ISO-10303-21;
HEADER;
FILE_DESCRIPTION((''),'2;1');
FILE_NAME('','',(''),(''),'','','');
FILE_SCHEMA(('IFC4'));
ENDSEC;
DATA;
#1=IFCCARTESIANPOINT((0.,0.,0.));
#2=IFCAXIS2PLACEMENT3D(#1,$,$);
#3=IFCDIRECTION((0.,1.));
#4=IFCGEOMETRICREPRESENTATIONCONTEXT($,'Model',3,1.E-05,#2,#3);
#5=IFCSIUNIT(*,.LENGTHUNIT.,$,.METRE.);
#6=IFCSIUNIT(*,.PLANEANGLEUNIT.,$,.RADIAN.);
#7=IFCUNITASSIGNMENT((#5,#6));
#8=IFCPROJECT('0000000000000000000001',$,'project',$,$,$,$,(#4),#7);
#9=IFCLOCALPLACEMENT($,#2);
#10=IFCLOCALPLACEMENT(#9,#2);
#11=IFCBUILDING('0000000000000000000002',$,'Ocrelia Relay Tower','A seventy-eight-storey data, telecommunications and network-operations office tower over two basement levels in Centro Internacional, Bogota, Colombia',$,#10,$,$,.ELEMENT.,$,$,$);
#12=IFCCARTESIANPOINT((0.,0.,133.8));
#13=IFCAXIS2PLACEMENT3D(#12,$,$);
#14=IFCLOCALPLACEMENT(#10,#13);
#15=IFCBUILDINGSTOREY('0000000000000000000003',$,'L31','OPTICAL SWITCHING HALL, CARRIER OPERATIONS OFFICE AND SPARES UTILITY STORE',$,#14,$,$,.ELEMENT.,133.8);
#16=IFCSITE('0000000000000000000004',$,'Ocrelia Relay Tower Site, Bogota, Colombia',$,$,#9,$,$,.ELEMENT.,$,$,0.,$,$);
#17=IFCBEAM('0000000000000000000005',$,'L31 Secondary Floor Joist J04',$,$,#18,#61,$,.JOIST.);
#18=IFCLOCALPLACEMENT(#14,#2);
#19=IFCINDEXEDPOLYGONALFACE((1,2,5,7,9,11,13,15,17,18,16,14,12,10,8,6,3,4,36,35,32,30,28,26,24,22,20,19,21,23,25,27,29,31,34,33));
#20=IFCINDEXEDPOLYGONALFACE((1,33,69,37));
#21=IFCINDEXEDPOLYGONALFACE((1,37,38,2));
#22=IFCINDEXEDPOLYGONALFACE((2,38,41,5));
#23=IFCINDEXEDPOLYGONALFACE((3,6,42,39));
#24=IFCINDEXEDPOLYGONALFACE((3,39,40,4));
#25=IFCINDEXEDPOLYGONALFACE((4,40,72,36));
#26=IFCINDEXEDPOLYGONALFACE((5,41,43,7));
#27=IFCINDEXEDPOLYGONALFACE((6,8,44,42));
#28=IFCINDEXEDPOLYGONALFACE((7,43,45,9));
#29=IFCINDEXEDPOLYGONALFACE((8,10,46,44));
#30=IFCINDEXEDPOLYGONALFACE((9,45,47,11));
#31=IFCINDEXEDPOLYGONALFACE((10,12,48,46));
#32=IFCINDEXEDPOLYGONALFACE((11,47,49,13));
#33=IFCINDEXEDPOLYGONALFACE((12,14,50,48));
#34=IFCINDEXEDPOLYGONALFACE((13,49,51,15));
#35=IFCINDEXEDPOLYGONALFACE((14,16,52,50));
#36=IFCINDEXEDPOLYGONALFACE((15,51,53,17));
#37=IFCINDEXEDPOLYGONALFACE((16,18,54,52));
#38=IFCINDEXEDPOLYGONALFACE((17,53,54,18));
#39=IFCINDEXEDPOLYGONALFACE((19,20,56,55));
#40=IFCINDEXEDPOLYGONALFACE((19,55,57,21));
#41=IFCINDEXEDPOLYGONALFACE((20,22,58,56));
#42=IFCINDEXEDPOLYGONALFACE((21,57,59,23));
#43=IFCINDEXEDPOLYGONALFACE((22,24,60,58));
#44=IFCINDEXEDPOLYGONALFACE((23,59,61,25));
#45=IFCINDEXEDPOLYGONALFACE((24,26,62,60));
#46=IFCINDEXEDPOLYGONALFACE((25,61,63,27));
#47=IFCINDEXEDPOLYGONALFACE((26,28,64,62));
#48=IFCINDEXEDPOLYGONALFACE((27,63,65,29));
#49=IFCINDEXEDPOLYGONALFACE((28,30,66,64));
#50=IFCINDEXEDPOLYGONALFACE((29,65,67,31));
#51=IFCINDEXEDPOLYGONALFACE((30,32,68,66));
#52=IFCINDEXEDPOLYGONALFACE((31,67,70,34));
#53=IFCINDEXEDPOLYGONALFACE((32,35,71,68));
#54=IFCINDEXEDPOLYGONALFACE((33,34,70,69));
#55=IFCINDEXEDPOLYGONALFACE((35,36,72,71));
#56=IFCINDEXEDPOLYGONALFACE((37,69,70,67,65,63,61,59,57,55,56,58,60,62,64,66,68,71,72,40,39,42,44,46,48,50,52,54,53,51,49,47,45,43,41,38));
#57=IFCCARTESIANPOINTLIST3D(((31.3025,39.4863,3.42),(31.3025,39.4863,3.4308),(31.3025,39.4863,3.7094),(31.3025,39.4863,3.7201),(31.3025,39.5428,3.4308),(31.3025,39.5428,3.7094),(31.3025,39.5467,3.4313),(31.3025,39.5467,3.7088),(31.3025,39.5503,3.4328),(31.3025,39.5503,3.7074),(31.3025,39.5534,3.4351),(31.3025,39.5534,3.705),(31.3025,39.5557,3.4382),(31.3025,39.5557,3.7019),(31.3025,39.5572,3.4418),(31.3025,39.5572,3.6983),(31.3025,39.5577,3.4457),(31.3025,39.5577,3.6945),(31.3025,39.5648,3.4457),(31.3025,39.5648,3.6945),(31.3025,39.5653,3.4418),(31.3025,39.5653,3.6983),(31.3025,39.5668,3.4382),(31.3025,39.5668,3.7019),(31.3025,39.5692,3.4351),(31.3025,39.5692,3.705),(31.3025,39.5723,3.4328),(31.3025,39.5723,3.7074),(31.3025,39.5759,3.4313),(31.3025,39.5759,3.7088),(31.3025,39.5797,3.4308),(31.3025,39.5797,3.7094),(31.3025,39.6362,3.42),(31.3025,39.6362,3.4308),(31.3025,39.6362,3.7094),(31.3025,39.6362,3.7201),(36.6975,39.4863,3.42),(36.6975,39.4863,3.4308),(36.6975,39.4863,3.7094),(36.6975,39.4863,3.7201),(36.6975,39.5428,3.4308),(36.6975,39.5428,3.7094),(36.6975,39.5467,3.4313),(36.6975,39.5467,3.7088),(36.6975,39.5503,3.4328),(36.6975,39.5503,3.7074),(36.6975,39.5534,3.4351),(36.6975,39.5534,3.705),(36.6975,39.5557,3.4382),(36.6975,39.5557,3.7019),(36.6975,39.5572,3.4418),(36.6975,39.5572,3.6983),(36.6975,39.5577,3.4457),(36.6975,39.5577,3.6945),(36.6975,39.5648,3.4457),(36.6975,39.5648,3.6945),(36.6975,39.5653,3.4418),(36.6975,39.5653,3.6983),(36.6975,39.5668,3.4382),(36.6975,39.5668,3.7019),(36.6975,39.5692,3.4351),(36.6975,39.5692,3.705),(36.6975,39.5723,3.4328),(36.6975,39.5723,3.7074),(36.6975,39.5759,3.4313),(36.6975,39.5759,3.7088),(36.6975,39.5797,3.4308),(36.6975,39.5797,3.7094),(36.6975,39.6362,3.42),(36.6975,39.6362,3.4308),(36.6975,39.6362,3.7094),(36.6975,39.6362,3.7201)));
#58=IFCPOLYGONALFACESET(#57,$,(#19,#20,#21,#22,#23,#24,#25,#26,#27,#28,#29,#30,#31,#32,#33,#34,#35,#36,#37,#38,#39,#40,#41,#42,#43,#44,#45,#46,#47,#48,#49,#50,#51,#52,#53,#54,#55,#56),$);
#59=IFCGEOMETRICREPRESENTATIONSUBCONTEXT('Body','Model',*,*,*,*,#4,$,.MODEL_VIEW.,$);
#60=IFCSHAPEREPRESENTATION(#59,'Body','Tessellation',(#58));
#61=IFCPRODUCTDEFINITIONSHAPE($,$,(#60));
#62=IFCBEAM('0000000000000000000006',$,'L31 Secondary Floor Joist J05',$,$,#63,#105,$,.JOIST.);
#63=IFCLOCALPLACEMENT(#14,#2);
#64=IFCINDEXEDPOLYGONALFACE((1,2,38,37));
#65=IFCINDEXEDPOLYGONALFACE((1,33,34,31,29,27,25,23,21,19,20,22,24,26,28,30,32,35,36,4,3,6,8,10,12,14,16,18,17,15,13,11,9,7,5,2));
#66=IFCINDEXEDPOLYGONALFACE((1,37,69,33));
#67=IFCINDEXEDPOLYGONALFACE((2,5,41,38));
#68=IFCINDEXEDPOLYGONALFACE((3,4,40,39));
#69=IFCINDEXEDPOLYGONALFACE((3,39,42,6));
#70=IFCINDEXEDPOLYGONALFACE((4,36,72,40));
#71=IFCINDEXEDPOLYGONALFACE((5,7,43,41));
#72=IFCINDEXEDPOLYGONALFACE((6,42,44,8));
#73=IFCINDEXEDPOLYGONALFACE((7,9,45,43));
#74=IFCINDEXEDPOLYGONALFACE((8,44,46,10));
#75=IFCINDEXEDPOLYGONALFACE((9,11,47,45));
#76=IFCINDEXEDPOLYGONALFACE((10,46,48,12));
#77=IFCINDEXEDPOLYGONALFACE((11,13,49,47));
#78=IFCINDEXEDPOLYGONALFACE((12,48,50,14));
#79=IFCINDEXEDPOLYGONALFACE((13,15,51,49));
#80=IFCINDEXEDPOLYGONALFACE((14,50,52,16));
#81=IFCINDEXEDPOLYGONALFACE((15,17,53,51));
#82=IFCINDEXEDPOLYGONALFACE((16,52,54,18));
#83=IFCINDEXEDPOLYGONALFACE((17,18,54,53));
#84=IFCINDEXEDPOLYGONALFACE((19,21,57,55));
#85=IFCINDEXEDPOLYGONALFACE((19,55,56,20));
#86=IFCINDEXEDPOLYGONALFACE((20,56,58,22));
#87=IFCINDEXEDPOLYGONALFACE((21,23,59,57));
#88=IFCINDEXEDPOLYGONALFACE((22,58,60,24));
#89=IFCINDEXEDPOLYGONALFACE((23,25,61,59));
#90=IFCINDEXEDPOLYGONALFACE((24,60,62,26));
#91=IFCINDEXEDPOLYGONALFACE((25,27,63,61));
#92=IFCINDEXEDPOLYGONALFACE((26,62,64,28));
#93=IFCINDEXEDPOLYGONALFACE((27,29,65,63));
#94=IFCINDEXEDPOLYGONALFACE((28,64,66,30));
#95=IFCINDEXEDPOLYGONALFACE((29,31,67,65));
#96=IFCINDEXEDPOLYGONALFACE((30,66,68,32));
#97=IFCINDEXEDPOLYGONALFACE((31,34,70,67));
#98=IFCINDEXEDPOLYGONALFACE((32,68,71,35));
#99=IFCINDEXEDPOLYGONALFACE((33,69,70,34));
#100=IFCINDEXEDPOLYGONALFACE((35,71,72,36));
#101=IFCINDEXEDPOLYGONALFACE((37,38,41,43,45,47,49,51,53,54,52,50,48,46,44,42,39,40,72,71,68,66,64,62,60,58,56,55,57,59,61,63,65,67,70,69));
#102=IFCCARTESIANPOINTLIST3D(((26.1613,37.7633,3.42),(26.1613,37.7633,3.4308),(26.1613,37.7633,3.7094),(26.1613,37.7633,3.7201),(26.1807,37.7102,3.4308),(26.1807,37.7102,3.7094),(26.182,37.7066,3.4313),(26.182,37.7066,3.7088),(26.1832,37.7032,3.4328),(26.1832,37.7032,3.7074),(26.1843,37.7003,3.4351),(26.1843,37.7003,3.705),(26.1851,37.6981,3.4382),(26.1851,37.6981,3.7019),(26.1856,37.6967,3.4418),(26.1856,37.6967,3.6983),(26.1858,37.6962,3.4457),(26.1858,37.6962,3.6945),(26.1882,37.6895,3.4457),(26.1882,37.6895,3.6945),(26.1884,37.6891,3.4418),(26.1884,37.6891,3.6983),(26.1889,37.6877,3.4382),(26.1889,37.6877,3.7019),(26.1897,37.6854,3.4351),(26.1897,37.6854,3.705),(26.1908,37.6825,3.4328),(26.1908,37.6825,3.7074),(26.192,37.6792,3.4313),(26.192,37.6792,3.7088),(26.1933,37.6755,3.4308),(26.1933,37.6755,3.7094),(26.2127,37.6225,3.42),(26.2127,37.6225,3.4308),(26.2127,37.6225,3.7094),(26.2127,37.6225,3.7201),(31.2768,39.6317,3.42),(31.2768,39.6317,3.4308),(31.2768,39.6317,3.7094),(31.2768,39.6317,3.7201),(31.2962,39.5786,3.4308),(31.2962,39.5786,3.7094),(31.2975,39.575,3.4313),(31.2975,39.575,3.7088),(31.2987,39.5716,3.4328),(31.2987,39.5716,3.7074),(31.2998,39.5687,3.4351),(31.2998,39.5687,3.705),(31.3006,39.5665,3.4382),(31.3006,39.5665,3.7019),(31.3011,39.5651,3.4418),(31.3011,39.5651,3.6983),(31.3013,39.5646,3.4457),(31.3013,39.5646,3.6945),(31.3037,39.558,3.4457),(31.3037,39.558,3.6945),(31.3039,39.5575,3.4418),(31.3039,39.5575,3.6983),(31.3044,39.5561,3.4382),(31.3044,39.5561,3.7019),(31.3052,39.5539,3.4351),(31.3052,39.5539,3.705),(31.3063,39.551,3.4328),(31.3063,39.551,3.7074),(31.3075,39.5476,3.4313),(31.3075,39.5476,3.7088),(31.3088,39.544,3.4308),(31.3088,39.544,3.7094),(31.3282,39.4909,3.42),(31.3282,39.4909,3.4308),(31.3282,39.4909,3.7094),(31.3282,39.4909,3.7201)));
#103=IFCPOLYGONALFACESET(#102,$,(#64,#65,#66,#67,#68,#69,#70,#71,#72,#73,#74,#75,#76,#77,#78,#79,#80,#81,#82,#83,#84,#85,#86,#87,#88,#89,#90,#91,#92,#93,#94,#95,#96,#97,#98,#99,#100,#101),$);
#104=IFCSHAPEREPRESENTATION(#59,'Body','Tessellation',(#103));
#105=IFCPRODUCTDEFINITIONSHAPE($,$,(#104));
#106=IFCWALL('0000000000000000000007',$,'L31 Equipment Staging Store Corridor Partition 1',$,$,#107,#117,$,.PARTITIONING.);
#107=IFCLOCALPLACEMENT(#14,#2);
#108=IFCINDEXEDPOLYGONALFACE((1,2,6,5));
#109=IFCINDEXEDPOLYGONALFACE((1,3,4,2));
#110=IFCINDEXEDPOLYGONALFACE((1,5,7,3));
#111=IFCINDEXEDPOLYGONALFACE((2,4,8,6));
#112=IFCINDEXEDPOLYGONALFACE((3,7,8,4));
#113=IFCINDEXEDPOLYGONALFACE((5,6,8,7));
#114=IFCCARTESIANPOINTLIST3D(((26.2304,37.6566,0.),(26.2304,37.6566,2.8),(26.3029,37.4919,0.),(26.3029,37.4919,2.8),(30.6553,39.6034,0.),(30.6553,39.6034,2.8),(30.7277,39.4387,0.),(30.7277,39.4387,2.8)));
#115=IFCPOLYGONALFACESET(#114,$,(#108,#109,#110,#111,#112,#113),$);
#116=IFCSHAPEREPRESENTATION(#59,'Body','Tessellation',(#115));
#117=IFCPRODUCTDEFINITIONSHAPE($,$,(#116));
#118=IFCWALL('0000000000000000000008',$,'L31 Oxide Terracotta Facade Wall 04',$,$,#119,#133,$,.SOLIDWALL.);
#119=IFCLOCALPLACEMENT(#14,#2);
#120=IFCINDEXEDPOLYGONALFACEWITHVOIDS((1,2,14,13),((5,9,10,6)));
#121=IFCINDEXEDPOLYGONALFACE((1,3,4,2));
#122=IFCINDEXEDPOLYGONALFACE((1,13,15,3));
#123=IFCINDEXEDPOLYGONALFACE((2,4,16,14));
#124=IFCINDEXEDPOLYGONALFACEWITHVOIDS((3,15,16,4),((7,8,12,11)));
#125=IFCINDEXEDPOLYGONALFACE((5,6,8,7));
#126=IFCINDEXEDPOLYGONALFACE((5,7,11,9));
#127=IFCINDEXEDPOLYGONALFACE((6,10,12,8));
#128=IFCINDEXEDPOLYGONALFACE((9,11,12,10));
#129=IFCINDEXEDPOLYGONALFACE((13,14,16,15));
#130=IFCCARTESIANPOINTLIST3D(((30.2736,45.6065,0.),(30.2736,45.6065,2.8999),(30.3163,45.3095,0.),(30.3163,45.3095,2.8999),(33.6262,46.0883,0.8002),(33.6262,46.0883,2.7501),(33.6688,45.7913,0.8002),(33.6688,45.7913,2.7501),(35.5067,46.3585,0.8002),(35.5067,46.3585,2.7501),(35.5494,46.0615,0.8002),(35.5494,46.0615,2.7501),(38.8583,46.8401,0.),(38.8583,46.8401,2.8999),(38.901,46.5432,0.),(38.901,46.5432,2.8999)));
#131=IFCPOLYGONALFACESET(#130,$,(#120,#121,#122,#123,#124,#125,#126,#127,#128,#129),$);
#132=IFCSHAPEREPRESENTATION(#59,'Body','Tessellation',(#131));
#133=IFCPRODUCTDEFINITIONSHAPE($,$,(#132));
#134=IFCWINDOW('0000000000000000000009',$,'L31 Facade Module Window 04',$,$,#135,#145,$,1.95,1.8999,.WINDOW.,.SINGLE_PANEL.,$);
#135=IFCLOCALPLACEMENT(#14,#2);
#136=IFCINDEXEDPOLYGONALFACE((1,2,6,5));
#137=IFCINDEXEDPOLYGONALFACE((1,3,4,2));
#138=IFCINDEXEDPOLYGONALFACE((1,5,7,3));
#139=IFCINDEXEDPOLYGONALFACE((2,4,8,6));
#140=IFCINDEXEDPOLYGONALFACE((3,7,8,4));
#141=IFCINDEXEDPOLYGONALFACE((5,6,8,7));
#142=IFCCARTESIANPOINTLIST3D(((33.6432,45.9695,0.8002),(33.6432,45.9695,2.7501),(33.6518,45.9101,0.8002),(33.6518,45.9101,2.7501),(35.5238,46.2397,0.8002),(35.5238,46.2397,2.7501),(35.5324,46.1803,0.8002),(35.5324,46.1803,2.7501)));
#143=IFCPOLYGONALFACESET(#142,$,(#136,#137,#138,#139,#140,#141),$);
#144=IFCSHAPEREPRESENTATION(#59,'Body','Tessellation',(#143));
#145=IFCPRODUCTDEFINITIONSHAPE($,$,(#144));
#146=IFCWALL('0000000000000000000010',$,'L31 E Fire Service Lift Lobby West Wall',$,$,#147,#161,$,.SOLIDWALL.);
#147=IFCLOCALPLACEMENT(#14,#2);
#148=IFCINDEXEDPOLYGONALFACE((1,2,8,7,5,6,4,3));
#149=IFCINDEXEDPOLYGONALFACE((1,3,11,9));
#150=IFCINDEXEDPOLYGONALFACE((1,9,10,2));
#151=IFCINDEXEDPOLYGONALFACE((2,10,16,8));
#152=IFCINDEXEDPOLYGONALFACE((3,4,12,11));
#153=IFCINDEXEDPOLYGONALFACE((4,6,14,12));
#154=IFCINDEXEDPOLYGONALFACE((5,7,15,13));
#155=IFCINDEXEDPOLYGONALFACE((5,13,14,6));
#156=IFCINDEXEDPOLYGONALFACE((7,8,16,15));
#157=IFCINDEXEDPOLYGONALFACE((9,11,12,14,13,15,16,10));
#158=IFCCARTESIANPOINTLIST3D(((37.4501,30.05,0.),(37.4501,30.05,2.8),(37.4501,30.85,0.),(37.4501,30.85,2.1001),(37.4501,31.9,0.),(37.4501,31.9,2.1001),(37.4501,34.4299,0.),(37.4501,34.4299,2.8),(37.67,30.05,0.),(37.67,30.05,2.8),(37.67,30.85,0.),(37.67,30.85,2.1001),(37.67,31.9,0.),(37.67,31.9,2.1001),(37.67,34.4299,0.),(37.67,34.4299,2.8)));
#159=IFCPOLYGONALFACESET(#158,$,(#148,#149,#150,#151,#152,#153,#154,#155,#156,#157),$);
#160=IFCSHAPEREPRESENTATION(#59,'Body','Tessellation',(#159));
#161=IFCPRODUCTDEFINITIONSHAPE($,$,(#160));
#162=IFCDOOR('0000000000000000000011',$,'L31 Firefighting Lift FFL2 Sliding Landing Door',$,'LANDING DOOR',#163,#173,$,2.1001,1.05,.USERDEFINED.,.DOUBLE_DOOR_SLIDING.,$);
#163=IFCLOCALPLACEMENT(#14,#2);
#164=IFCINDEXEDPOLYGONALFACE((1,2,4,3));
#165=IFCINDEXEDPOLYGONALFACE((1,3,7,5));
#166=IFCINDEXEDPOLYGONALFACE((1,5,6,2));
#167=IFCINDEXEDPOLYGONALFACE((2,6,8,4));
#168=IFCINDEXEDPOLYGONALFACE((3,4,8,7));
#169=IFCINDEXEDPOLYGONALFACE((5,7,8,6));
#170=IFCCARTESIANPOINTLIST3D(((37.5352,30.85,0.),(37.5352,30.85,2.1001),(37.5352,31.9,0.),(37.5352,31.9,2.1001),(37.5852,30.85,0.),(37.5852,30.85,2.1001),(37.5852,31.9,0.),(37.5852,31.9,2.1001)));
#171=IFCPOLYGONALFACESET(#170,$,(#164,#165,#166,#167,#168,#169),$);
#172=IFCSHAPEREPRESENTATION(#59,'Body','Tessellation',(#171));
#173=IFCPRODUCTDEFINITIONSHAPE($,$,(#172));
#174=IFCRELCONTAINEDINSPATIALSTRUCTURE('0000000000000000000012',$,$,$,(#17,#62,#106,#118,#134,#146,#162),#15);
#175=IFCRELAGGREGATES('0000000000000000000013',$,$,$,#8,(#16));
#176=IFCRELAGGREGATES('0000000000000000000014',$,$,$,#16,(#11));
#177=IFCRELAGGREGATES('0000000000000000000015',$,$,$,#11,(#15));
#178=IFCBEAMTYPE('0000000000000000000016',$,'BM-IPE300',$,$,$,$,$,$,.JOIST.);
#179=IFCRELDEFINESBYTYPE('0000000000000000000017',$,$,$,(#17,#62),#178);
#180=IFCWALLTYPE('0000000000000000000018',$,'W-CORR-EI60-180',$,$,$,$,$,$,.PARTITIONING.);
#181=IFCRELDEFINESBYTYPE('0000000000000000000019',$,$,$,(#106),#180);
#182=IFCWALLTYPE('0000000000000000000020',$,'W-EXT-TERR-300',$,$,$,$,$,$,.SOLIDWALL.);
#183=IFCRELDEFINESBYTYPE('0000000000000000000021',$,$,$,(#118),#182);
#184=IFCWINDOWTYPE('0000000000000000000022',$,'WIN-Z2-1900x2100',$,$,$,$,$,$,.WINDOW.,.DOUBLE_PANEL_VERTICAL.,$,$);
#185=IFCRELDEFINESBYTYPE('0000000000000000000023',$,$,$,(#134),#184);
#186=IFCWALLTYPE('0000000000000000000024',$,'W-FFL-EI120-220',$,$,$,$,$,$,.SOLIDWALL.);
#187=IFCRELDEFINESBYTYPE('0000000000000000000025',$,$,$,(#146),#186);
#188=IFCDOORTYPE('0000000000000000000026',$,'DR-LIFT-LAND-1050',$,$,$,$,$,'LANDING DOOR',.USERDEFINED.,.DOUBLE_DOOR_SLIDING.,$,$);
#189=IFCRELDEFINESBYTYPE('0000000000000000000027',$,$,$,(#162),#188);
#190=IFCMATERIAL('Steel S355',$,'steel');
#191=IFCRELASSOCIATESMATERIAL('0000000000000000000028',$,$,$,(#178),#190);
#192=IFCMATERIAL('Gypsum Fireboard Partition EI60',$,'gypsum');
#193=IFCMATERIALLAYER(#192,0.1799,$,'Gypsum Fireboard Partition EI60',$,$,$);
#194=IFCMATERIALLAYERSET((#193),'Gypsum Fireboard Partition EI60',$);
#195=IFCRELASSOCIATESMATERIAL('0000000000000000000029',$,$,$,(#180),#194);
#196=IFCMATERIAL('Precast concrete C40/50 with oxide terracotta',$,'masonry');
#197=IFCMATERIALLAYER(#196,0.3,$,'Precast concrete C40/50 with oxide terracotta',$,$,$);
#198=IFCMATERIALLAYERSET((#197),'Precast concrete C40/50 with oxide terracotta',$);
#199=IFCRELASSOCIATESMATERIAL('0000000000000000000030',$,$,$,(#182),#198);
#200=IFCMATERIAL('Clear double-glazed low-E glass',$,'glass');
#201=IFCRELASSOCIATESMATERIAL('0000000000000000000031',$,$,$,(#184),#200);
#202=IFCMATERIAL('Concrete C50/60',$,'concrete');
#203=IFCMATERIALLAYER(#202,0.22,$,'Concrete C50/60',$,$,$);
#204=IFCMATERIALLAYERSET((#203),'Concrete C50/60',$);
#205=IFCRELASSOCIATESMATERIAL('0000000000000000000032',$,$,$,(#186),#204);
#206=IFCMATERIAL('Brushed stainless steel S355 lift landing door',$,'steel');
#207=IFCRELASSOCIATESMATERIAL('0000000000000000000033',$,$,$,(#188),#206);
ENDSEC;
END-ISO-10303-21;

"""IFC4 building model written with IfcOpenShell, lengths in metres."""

from ifc_helpers import new_model, si_unit, direction, frame, frame_2d, origin, origin_2d, place, context, subcontext, project, spatial, rectangle, i_section, extrude, material, layer, layer_set, material_profile, profile_set, type_object, element, fill, save


model = new_model("IFC4")

# Units and contexts
model_context = context("Model", 3, precision=1e-05, world=origin(), true_north=direction((0.0, 1.0)))
body_context = subcontext(model_context, "Body", "Model", "MODEL_VIEW")
ifc_project = project(units=[si_unit("LENGTHUNIT", "METRE"), si_unit("PLANEANGLEUNIT", "RADIAN")], contexts=[model_context])

# Site, building, storey
site_placement = place(None, origin())
site = spatial("IfcSite", under=ifc_project, at=site_placement, Name="Ocrelia Relay Tower Site, Bogota, Colombia", CompositionType="ELEMENT", RefElevation=0.0)
building_placement = place(site_placement, origin())
building = spatial("IfcBuilding", under=site, at=building_placement, Name="Ocrelia Relay Tower", Description="A seventy-eight-storey data, telecommunications and network-operations office tower over two basement levels in Centro Internacional, Bogota, Colombia", CompositionType="ELEMENT")
storey_placement = place(building_placement, frame((0.0, 0.0, 133.8)))
storey = spatial("IfcBuildingStorey", under=building, at=storey_placement, Name="L31", Description="OPTICAL SWITCHING HALL, CARRIER OPERATIONS OFFICE AND SPARES UTILITY STORE", CompositionType="ELEMENT", Elevation=133.8)

# Beams
ifc_material_1 = material(Name="Steel S355", Category="steel")
ifc_material_profile_1 = material_profile(ifc_material_1, i_section(OverallWidth=0.1499, OverallDepth=0.3, WebThickness=0.0071, FlangeThickness=0.0107, FilletRadius=0.0149, at=origin_2d()), Name="IPE 300")
ifc_profile_set_1 = profile_set([ifc_material_profile_1], Name="Steel S355")
beam_type_1 = type_object("IfcBeamType", Name="BM-IPE300", PredefinedType="JOIST", material=ifc_profile_set_1)
beam_1_placement = place(storey_placement, frame((36.6975, 39.5613, 3.5701), z_axis=(-1.0, 0.0, 0.0), x_axis=(0.0, -1.0, 0.0)))
element("IfcBeam", 1, at=beam_1_placement, inside=storey, type_object=beam_type_1, Name="L31 Secondary Floor Joist J04", PredefinedType="JOIST", context=body_context, shape_type="SweptSolid", body=[
    extrude(i_section(OverallWidth=0.1499, OverallDepth=0.3, WebThickness=0.0071, FlangeThickness=0.0107, FilletRadius=0.0149, at=origin_2d()), origin(), (0.0, 0.0, 1.0), 5.395),
])
beam_2_placement = place(storey_placement, frame((31.3025, 39.5613, 3.5701), z_axis=(-0.939307, -0.343078, 0.0), x_axis=(0.343078, -0.939307, 0.0)))
element("IfcBeam", 2, at=beam_2_placement, inside=storey, type_object=beam_type_1, Name="L31 Secondary Floor Joist J05", PredefinedType="JOIST", context=body_context, shape_type="SweptSolid", body=[
    extrude(i_section(OverallWidth=0.1499, OverallDepth=0.3, WebThickness=0.0071, FlangeThickness=0.0107, FilletRadius=0.0149, at=origin_2d()), origin(), (0.0, 0.0, 1.0), 5.446),
])

# Shared definitions
ifc_material_2 = material(Name="Gypsum Fireboard Partition EI60", Category="gypsum")
ifc_layer_1 = layer(ifc_material_2, 0.1799, Name="Gypsum Fireboard Partition EI60")
ifc_layer_set_1 = layer_set([ifc_layer_1], Name="Gypsum Fireboard Partition EI60")
wall_type_1 = type_object("IfcWallType", Name="W-CORR-EI60-180", PredefinedType="PARTITIONING", material=ifc_layer_set_1)

# Wall
wall_1_placement = place(storey_placement, frame((30.6914, 39.521, 0.0), z_axis=(0.0, 0.0, 1.0), x_axis=(-0.915325, -0.402715, 0.0)))
element("IfcWall", 3, at=wall_1_placement, inside=storey, type_object=wall_type_1, Name="L31 Equipment Staging Store Corridor Partition 1", PredefinedType="PARTITIONING", context=body_context, shape_type="SweptSolid", body=[
    extrude(rectangle(XDim=4.8342, YDim=0.1799, at=frame_2d((2.417, 0.0))), origin(), (0.0, 0.0, 1.0), 2.8),
])

# Wall, opening, window
ifc_material_3 = material(Name="Precast concrete C40/50 with oxide terracotta", Category="masonry")
ifc_layer_2 = layer(ifc_material_3, 0.3, Name="Precast concrete C40/50 with oxide terracotta")
ifc_layer_set_2 = layer_set([ifc_layer_2], Name="Precast concrete C40/50 with oxide terracotta")
wall_type_2 = type_object("IfcWallType", Name="W-EXT-TERR-300", PredefinedType="SOLIDWALL", material=ifc_layer_set_2)
wall_2_placement = place(storey_placement, frame((38.8796, 46.6917, 0.0), z_axis=(0.0, 0.0, 1.0), x_axis=(-0.989832, -0.142241, 0.0)))
wall_2 = element("IfcWall", 4, at=wall_2_placement, inside=storey, type_object=wall_type_2, Name="L31 Oxide Terracotta Facade Wall 04", PredefinedType="SOLIDWALL", context=body_context, shape_type="SweptSolid", body=[
    extrude(rectangle(XDim=8.6729, YDim=0.3, at=frame_2d((4.3364, 0.0))), origin(), (0.0, 0.0, 1.0), 2.8999),
])
opening_1_placement = place(wall_2_placement, frame((3.386, 0.0, 0.8)))
opening_1 = element("IfcOpeningElement", 5, at=opening_1_placement, cuts=wall_2, PredefinedType="OPENING", context=body_context, shape_type="SweptSolid", body=[
    extrude(rectangle(XDim=1.8999, YDim=1.95, at=frame_2d((0.95, 0.9751))), frame((0.0, 0.1602, 0.0), z_axis=(0.0, -1.0, 0.0), x_axis=(1.0, 0.0, 0.0)), (0.0, 0.0, 1.0), 0.3201),
])
ifc_material_4 = material(Name="Clear double-glazed low-E glass", Category="glass")
window_type = type_object("IfcWindowType", Name="WIN-Z2-1900x2100", PartitioningType="DOUBLE_PANEL_VERTICAL", PredefinedType="WINDOW", material=ifc_material_4)
window_placement = place(opening_1_placement, origin())
window = element("IfcWindow", 6, at=window_placement, inside=storey, type_object=window_type, Name="L31 Facade Module Window 04", OverallHeight=1.95, OverallWidth=1.8999, PartitioningType="SINGLE_PANEL", PredefinedType="WINDOW", context=body_context, shape_type="SweptSolid", body=[
    extrude(rectangle(XDim=1.8999, YDim=1.95, at=frame_2d((0.95, 0.9751))), frame((0.0, 0.03, 0.0), z_axis=(0.0, -1.0, 0.0), x_axis=(1.0, 0.0, 0.0)), (0.0, 0.0, 1.0), 0.0601),
])
fill(opening_1, window)

# Wall, opening, door
ifc_material_5 = material(Name="Concrete C50/60", Category="concrete")
ifc_layer_3 = layer(ifc_material_5, 0.22, Name="Concrete C50/60")
ifc_layer_set_3 = layer_set([ifc_layer_3], Name="Concrete C50/60")
wall_type_3 = type_object("IfcWallType", Name="W-FFL-EI120-220", PredefinedType="SOLIDWALL", material=ifc_layer_set_3)
wall_3_placement = place(storey_placement, frame((37.5601, 30.05, 0.0), z_axis=(0.0, 0.0, 1.0), x_axis=(0.0, 1.0, 0.0)))
wall_3 = element("IfcWall", 7, at=wall_3_placement, inside=storey, type_object=wall_type_3, Name="L31 E Fire Service Lift Lobby West Wall", PredefinedType="SOLIDWALL", context=body_context, shape_type="SweptSolid", body=[
    extrude(rectangle(XDim=4.3799, YDim=0.22, at=frame_2d((2.1899, 0.0))), origin(), (0.0, 0.0, 1.0), 2.8),
])
opening_2_placement = place(wall_3_placement, frame((0.8, 0.0, 0.0)))
opening_2 = element("IfcOpeningElement", 8, at=opening_2_placement, cuts=wall_3, PredefinedType="OPENING", context=body_context, shape_type="SweptSolid", body=[
    extrude(rectangle(XDim=1.05, YDim=2.1001, at=frame_2d((0.5249, 1.05))), frame((0.0, 0.1201, 0.0), z_axis=(0.0, -1.0, 0.0), x_axis=(1.0, 0.0, 0.0)), (0.0, 0.0, 1.0), 0.24),
])
ifc_material_6 = material(Name="Brushed stainless steel S355 lift landing door", Category="steel")
door_type_1 = type_object("IfcDoorType", Name="DR-LIFT-LAND-1050", ElementType="LANDING DOOR", OperationType="DOUBLE_DOOR_SLIDING", PredefinedType="USERDEFINED", material=ifc_material_6)
door_1_placement = place(opening_2_placement, origin())
door_1 = element("IfcDoor", 9, at=door_1_placement, inside=storey, type_object=door_type_1, Name="L31 Firefighting Lift FFL2 Sliding Landing Door", ObjectType="LANDING DOOR", OperationType="DOUBLE_DOOR_SLIDING", OverallHeight=2.1001, OverallWidth=1.05, PredefinedType="USERDEFINED", context=body_context, shape_type="SweptSolid", body=[
    extrude(rectangle(XDim=1.05, YDim=2.1001, at=frame_2d((0.5249, 1.05))), frame((0.0, 0.0249, 0.0), z_axis=(0.0, -1.0, 0.0), x_axis=(1.0, 0.0, 0.0)), (0.0, 0.0, 1.0), 0.05),
])
fill(opening_2, door_1)

save(model, "model.ifc")
